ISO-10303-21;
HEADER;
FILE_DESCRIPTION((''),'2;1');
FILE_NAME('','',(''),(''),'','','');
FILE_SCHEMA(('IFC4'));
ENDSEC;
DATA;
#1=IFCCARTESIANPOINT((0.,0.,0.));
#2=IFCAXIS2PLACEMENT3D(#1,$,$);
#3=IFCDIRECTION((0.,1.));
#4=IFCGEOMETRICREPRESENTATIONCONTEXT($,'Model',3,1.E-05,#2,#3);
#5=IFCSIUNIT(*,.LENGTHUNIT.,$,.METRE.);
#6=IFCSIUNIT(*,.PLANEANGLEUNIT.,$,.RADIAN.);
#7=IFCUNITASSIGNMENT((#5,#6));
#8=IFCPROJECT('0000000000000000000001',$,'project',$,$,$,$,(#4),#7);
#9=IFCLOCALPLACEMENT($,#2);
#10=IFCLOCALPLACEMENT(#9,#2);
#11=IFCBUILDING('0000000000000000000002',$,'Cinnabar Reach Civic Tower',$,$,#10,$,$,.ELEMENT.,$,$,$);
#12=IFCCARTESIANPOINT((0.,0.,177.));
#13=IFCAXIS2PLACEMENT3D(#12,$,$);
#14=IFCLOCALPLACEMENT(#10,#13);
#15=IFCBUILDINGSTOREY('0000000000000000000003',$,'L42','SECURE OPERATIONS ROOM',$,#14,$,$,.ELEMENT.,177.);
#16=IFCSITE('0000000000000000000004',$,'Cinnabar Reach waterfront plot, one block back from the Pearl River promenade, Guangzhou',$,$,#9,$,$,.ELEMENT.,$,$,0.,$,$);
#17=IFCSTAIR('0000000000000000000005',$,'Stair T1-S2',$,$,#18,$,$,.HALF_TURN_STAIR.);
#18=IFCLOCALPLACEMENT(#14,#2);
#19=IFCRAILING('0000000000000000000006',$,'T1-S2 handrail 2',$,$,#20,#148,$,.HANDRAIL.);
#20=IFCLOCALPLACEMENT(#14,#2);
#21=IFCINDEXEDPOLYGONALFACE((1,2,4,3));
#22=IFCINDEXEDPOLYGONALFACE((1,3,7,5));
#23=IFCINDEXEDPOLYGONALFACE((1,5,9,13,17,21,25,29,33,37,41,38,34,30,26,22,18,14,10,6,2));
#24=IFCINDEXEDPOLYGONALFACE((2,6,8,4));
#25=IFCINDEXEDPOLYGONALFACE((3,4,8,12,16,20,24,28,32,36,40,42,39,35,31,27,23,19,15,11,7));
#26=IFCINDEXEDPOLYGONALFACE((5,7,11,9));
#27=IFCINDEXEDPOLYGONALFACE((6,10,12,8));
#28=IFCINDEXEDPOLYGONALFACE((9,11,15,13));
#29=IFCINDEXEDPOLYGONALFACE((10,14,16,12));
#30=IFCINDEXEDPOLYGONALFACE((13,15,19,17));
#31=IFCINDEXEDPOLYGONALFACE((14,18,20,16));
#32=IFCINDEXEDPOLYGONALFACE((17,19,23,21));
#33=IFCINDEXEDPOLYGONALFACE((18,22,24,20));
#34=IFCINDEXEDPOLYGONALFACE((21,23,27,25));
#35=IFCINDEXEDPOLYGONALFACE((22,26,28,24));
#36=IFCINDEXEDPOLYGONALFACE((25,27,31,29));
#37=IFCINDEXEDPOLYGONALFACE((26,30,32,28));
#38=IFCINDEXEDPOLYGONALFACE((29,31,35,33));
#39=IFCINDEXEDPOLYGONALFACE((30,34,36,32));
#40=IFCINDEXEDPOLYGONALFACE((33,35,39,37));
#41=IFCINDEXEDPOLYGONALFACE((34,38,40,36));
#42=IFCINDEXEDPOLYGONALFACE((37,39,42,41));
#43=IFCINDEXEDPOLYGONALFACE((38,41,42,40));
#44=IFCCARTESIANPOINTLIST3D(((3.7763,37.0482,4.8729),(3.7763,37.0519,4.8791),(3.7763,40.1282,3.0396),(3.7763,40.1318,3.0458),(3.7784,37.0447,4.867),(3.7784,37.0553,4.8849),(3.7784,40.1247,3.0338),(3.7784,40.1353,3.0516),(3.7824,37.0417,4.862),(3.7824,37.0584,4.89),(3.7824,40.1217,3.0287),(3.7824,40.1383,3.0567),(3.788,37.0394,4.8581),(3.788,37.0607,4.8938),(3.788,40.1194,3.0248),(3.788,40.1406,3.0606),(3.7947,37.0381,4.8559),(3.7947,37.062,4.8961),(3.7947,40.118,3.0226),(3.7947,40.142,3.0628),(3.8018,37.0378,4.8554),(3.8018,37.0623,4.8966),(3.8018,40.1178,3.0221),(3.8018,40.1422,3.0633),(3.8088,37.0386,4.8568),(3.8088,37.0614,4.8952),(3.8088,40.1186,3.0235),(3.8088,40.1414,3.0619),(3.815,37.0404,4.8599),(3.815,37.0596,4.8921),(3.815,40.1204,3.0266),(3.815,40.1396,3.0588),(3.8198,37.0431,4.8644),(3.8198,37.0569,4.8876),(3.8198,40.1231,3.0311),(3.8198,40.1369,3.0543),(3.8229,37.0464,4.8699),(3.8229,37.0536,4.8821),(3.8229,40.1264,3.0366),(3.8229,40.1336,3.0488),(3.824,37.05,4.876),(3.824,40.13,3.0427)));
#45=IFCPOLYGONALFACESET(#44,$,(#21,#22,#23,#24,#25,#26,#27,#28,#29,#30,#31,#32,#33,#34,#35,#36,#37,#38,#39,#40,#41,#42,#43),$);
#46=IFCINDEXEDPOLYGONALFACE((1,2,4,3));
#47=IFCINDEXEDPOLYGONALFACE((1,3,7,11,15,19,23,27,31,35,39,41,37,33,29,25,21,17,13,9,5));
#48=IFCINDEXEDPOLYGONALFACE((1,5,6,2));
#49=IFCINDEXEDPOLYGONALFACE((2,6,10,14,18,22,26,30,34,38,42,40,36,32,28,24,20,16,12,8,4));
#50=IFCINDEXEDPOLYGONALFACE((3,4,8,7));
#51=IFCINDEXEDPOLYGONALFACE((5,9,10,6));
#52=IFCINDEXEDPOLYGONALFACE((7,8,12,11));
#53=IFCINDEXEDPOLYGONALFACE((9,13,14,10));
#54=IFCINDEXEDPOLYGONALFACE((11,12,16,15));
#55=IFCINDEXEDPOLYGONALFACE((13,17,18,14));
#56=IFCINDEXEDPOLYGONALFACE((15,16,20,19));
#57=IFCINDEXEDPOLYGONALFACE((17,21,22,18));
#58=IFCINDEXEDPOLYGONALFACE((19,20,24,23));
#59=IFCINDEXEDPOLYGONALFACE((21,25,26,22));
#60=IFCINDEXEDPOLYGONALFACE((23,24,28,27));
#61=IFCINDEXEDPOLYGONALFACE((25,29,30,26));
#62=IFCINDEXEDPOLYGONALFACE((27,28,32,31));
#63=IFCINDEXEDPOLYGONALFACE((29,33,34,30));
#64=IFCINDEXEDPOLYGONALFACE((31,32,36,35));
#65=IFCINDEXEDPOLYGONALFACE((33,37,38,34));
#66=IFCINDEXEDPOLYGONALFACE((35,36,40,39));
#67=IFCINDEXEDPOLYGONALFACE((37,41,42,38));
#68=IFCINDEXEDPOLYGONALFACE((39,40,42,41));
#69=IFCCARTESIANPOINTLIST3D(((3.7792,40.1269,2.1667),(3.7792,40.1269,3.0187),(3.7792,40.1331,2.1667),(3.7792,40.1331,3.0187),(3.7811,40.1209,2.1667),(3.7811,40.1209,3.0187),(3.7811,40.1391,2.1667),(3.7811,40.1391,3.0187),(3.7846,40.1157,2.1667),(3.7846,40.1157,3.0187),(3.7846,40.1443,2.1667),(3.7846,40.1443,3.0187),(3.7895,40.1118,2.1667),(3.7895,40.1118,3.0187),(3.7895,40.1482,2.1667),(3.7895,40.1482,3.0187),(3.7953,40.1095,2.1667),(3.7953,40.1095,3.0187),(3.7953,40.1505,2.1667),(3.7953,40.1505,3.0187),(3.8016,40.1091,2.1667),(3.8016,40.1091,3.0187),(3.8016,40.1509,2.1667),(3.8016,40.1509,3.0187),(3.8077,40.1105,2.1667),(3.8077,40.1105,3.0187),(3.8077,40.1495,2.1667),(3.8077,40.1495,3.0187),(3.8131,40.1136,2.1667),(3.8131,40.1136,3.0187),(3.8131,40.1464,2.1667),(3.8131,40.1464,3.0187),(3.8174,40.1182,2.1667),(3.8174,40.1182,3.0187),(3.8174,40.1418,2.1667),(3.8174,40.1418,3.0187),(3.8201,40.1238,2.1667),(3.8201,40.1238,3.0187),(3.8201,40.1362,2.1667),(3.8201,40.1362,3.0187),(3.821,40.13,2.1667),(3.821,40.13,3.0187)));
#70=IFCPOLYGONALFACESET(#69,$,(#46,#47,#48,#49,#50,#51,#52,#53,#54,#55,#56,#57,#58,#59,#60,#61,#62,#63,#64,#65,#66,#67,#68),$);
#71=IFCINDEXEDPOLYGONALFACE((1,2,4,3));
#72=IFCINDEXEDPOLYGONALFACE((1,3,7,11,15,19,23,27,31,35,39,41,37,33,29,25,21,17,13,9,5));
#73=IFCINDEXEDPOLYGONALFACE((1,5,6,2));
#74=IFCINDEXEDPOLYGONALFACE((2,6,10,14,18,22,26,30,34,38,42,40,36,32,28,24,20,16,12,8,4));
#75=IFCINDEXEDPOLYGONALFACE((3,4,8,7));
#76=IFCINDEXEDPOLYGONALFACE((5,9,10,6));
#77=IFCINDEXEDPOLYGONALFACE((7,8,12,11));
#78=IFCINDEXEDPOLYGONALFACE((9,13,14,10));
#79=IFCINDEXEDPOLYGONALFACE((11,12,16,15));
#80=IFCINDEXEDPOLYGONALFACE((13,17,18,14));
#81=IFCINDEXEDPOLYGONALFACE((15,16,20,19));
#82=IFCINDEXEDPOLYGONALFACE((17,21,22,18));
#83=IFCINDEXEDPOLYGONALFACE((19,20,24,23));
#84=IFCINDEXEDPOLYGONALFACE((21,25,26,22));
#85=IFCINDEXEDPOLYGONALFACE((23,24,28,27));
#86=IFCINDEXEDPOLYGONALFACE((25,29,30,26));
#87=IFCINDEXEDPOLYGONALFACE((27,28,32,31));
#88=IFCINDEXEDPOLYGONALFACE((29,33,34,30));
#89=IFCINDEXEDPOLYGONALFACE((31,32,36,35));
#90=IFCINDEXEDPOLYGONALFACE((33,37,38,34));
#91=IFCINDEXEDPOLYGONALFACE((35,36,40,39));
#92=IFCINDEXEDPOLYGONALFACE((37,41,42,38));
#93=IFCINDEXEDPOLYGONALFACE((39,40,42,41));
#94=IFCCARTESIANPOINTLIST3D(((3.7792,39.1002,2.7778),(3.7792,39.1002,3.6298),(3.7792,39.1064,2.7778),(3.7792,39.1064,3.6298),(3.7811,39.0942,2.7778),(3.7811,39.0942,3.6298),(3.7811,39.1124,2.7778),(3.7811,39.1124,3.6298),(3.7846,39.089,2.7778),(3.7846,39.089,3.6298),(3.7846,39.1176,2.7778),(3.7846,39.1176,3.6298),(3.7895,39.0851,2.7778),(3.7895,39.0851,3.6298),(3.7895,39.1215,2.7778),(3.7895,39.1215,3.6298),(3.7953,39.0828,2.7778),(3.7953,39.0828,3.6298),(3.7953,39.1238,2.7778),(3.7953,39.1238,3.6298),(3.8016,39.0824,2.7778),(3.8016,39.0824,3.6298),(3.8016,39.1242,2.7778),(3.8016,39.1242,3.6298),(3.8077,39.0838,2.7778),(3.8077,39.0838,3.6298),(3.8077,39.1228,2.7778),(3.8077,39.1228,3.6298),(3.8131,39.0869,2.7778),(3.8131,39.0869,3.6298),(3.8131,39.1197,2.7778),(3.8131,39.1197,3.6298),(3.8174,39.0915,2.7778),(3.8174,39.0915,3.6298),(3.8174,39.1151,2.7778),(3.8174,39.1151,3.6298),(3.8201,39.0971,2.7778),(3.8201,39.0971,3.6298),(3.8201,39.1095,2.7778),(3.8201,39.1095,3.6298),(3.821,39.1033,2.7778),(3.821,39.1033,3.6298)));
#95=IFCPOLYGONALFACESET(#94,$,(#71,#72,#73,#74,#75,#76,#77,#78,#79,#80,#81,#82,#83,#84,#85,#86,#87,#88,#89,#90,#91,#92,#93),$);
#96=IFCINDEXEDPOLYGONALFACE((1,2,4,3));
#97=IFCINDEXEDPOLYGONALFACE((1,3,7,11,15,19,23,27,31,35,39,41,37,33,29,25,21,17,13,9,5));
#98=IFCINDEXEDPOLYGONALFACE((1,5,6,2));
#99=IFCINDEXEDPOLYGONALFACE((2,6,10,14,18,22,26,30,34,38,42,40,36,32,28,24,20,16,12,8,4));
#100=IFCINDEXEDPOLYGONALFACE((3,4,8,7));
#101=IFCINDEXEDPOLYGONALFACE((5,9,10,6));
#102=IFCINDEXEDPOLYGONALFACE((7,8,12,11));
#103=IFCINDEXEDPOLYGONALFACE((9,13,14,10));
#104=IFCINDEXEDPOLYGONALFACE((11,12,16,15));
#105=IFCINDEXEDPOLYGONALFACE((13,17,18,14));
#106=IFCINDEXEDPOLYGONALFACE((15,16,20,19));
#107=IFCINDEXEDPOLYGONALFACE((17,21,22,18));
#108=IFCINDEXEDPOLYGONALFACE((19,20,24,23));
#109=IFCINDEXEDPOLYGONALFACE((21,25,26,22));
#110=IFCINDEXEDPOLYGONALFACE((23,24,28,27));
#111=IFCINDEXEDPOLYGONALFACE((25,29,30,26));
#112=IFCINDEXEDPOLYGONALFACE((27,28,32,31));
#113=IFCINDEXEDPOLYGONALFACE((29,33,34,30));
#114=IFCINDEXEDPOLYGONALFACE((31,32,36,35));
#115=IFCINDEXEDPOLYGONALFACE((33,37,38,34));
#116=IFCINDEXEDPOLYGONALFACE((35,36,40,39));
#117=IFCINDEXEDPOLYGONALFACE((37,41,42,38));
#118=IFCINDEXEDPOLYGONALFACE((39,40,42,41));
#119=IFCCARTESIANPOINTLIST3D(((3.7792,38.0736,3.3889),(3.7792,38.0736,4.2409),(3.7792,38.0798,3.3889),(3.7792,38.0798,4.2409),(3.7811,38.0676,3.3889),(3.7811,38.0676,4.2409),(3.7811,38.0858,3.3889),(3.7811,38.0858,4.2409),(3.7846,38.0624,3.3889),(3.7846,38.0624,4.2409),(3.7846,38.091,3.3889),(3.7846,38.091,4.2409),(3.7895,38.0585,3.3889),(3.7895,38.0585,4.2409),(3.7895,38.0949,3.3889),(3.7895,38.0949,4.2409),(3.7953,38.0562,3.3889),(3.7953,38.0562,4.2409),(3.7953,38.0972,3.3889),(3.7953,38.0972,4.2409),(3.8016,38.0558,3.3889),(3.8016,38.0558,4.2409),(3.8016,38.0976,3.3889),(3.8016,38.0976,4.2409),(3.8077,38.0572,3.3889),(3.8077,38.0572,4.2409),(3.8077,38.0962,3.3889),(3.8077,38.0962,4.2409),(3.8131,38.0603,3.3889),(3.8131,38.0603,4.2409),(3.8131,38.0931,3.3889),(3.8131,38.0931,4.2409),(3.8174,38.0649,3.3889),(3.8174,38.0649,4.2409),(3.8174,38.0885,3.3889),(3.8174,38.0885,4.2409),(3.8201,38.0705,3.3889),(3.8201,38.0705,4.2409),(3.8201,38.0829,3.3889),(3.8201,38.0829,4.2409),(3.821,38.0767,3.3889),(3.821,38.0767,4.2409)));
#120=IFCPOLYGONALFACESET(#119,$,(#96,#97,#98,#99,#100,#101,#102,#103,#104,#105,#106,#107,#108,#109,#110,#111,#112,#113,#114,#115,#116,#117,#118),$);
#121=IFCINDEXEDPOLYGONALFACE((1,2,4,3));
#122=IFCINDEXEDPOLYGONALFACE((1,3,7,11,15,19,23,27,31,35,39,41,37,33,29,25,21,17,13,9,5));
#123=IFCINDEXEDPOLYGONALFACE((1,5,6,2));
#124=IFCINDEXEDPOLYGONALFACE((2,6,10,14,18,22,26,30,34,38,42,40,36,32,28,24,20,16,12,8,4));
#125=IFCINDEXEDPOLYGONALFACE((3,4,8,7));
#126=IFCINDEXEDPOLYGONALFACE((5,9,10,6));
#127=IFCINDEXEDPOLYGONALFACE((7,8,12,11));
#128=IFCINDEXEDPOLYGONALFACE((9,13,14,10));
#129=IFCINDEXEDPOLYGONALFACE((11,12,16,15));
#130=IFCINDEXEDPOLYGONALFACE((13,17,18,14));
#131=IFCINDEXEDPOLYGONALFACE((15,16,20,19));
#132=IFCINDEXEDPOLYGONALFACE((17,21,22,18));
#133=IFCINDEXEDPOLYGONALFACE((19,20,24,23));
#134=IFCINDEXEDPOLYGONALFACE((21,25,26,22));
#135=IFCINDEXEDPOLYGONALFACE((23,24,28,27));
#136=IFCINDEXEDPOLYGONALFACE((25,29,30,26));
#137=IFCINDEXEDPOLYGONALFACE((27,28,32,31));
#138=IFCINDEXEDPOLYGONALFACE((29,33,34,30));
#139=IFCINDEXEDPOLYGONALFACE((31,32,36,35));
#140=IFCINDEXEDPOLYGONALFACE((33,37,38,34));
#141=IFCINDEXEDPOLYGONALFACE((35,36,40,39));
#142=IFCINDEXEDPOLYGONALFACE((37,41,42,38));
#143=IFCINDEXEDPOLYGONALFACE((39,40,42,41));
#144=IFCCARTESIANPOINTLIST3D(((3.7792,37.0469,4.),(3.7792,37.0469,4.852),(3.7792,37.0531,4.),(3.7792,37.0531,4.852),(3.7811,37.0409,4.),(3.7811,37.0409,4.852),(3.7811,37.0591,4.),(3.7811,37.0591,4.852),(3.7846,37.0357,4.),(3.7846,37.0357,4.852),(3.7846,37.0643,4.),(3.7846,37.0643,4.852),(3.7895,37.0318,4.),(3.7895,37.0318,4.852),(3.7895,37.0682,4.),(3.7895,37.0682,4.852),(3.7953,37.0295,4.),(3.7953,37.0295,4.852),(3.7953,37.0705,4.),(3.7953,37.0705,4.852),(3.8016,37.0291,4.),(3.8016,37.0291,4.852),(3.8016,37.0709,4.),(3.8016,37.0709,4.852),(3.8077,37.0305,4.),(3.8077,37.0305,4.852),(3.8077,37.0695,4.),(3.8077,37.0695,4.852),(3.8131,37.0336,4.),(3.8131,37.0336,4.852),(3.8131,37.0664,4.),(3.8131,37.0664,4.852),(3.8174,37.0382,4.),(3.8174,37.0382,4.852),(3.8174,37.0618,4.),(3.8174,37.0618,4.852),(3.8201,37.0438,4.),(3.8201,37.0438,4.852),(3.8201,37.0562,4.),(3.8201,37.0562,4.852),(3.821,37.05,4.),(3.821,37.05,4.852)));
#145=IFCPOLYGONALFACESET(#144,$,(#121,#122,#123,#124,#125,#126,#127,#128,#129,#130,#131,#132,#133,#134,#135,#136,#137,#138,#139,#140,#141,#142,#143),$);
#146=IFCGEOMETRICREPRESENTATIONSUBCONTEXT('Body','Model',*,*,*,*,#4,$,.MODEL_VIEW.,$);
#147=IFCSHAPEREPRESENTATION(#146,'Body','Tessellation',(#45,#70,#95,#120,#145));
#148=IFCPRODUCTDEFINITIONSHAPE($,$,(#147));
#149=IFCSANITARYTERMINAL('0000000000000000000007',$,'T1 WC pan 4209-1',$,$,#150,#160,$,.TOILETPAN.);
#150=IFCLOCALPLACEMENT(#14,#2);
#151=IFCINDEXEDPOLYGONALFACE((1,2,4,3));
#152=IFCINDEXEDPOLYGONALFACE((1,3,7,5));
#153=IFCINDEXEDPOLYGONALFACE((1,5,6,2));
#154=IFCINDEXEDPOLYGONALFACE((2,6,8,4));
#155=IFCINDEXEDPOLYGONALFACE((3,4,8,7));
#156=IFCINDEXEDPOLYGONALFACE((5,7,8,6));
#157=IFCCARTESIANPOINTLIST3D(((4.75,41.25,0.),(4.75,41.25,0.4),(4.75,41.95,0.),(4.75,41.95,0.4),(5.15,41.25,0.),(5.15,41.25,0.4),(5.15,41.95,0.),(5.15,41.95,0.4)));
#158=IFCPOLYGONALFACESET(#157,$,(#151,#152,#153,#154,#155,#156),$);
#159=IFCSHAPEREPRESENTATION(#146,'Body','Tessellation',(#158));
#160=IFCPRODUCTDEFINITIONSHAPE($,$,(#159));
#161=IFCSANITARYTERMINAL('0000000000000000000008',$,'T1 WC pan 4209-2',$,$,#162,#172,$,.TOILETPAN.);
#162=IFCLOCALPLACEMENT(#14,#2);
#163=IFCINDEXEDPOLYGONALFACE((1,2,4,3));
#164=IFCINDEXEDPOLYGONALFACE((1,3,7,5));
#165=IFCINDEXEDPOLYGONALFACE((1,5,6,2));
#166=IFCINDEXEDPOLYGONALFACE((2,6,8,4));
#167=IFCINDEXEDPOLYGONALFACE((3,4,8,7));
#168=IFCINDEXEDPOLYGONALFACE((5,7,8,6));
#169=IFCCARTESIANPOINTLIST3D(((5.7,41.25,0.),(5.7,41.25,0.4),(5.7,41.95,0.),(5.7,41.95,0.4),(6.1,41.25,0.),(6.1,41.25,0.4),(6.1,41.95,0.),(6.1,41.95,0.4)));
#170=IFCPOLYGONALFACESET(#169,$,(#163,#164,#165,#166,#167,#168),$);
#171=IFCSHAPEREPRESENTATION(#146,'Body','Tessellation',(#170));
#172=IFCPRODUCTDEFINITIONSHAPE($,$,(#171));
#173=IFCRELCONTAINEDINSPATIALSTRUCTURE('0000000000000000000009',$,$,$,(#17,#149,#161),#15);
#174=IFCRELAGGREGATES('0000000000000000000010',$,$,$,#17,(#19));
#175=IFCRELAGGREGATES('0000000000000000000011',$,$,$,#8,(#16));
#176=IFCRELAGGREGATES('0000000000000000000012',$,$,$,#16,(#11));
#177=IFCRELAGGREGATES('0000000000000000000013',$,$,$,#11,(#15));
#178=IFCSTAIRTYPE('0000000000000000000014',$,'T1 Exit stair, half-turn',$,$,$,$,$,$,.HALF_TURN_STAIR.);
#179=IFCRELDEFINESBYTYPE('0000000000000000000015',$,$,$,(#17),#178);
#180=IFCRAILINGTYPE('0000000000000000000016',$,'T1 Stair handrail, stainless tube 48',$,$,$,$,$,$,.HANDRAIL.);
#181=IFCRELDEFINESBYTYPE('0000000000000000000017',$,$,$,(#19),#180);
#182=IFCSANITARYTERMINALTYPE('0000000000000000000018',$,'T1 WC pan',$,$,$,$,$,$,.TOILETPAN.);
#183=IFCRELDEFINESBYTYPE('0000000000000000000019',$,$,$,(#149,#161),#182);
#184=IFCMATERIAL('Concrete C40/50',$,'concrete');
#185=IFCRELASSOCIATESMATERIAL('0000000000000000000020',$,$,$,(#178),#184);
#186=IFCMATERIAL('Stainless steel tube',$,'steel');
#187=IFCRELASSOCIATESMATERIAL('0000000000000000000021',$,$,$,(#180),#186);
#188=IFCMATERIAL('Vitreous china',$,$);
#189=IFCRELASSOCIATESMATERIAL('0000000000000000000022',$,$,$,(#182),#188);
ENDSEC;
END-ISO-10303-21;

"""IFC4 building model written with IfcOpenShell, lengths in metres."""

from ifc_helpers import new_model, si_unit, direction, frame, origin, origin_2d, place, context, subcontext, project, spatial, rectangle, circle, extrude, material, type_object, element, aggregate, save


model = new_model("IFC4")

# Units and contexts
model_context = context("Model", 3, precision=1e-05, world=origin(), true_north=direction((0.0, 1.0)))
body_context = subcontext(model_context, "Body", "Model", "MODEL_VIEW")
ifc_project = project(units=[si_unit("LENGTHUNIT", "METRE"), si_unit("PLANEANGLEUNIT", "RADIAN")], contexts=[model_context])

# Site, building, storey
site_placement = place(None, origin())
site = spatial("IfcSite", under=ifc_project, at=site_placement, Name="Cinnabar Reach waterfront plot, one block back from the Pearl River promenade, Guangzhou", CompositionType="ELEMENT", RefElevation=0.0)
building_placement = place(site_placement, origin())
building = spatial("IfcBuilding", under=site, at=building_placement, Name="Cinnabar Reach Civic Tower", CompositionType="ELEMENT")
storey_placement = place(building_placement, frame((0.0, 0.0, 177.0)))
storey = spatial("IfcBuildingStorey", under=building, at=storey_placement, Name="L42", Description="SECURE OPERATIONS ROOM", CompositionType="ELEMENT", Elevation=177.0)

# Shared definitions
ifc_material_1 = material(Name="Concrete C40/50", Category="concrete")

# Stair, railing
stair_type = type_object("IfcStairType", Name="T1 Exit stair, half-turn", PredefinedType="HALF_TURN_STAIR", material=ifc_material_1)
stair_placement = place(storey_placement, origin())
stair = element("IfcStair", 1, at=stair_placement, inside=storey, type_object=stair_type, Name="Stair T1-S2", PredefinedType="HALF_TURN_STAIR")
ifc_material_2 = material(Name="Stainless steel tube", Category="steel")
railing_type = type_object("IfcRailingType", Name="T1 Stair handrail, stainless tube 48", PredefinedType="HANDRAIL", material=ifc_material_2)
railing_1_placement = place(storey_placement, frame((3.8, 40.13, 2.1667)))
railing_1 = element("IfcRailing", 2, at=railing_1_placement, type_object=railing_type, Name="T1-S2 handrail 2", PredefinedType="HANDRAIL", context=body_context, shape_type="SweptSolid", body=[
    extrude(circle(Radius=0.024, at=origin_2d()), frame((0.0, 0.0, 0.876), z_axis=(0.0, -0.859297, 0.511477), x_axis=(1.0, 0.0, 0.0)), (0.0, 0.0, 1.0), 3.5843),
    extrude(circle(Radius=0.021, at=origin_2d()), origin(), (0.0, 0.0, 1.0), 0.852),
    extrude(circle(Radius=0.021, at=origin_2d()), frame((0.0, -1.0267, 0.6111)), (0.0, 0.0, 1.0), 0.852),
    extrude(circle(Radius=0.021, at=origin_2d()), frame((0.0, -2.0533, 1.2222)), (0.0, 0.0, 1.0), 0.852),
    extrude(circle(Radius=0.021, at=origin_2d()), frame((0.0, -3.08, 1.8333)), (0.0, 0.0, 1.0), 0.852),
])
aggregate(stair, [railing_1])

# Sanitary terminals
ifc_material_3 = material(Name="Vitreous china")
sanitary_terminal_type = type_object("IfcSanitaryTerminalType", Name="T1 WC pan", PredefinedType="TOILETPAN", material=ifc_material_3)
for number, where, z_axis, x_axis, name in (
    (3, (4.95, 41.6, 0.0), (0.0, 0.0, 1.0), (1.0, 0.0, 0.0), "T1 WC pan 4209-1"),
    (4, (5.9, 41.6, 0.0), (0.0, 0.0, 1.0), (1.0, 0.0, 0.0), "T1 WC pan 4209-2"),
):
    element("IfcSanitaryTerminal", number, at=place(storey_placement, frame(where, z_axis=z_axis, x_axis=x_axis)), inside=storey, type_object=sanitary_terminal_type, Name=name, PredefinedType="TOILETPAN", context=body_context, shape_type="SweptSolid", body=[
        extrude(rectangle(XDim=0.4, YDim=0.7, at=origin_2d()), origin(), (0.0, 0.0, 1.0), 0.4),
    ])

save(model, "model.ifc")
